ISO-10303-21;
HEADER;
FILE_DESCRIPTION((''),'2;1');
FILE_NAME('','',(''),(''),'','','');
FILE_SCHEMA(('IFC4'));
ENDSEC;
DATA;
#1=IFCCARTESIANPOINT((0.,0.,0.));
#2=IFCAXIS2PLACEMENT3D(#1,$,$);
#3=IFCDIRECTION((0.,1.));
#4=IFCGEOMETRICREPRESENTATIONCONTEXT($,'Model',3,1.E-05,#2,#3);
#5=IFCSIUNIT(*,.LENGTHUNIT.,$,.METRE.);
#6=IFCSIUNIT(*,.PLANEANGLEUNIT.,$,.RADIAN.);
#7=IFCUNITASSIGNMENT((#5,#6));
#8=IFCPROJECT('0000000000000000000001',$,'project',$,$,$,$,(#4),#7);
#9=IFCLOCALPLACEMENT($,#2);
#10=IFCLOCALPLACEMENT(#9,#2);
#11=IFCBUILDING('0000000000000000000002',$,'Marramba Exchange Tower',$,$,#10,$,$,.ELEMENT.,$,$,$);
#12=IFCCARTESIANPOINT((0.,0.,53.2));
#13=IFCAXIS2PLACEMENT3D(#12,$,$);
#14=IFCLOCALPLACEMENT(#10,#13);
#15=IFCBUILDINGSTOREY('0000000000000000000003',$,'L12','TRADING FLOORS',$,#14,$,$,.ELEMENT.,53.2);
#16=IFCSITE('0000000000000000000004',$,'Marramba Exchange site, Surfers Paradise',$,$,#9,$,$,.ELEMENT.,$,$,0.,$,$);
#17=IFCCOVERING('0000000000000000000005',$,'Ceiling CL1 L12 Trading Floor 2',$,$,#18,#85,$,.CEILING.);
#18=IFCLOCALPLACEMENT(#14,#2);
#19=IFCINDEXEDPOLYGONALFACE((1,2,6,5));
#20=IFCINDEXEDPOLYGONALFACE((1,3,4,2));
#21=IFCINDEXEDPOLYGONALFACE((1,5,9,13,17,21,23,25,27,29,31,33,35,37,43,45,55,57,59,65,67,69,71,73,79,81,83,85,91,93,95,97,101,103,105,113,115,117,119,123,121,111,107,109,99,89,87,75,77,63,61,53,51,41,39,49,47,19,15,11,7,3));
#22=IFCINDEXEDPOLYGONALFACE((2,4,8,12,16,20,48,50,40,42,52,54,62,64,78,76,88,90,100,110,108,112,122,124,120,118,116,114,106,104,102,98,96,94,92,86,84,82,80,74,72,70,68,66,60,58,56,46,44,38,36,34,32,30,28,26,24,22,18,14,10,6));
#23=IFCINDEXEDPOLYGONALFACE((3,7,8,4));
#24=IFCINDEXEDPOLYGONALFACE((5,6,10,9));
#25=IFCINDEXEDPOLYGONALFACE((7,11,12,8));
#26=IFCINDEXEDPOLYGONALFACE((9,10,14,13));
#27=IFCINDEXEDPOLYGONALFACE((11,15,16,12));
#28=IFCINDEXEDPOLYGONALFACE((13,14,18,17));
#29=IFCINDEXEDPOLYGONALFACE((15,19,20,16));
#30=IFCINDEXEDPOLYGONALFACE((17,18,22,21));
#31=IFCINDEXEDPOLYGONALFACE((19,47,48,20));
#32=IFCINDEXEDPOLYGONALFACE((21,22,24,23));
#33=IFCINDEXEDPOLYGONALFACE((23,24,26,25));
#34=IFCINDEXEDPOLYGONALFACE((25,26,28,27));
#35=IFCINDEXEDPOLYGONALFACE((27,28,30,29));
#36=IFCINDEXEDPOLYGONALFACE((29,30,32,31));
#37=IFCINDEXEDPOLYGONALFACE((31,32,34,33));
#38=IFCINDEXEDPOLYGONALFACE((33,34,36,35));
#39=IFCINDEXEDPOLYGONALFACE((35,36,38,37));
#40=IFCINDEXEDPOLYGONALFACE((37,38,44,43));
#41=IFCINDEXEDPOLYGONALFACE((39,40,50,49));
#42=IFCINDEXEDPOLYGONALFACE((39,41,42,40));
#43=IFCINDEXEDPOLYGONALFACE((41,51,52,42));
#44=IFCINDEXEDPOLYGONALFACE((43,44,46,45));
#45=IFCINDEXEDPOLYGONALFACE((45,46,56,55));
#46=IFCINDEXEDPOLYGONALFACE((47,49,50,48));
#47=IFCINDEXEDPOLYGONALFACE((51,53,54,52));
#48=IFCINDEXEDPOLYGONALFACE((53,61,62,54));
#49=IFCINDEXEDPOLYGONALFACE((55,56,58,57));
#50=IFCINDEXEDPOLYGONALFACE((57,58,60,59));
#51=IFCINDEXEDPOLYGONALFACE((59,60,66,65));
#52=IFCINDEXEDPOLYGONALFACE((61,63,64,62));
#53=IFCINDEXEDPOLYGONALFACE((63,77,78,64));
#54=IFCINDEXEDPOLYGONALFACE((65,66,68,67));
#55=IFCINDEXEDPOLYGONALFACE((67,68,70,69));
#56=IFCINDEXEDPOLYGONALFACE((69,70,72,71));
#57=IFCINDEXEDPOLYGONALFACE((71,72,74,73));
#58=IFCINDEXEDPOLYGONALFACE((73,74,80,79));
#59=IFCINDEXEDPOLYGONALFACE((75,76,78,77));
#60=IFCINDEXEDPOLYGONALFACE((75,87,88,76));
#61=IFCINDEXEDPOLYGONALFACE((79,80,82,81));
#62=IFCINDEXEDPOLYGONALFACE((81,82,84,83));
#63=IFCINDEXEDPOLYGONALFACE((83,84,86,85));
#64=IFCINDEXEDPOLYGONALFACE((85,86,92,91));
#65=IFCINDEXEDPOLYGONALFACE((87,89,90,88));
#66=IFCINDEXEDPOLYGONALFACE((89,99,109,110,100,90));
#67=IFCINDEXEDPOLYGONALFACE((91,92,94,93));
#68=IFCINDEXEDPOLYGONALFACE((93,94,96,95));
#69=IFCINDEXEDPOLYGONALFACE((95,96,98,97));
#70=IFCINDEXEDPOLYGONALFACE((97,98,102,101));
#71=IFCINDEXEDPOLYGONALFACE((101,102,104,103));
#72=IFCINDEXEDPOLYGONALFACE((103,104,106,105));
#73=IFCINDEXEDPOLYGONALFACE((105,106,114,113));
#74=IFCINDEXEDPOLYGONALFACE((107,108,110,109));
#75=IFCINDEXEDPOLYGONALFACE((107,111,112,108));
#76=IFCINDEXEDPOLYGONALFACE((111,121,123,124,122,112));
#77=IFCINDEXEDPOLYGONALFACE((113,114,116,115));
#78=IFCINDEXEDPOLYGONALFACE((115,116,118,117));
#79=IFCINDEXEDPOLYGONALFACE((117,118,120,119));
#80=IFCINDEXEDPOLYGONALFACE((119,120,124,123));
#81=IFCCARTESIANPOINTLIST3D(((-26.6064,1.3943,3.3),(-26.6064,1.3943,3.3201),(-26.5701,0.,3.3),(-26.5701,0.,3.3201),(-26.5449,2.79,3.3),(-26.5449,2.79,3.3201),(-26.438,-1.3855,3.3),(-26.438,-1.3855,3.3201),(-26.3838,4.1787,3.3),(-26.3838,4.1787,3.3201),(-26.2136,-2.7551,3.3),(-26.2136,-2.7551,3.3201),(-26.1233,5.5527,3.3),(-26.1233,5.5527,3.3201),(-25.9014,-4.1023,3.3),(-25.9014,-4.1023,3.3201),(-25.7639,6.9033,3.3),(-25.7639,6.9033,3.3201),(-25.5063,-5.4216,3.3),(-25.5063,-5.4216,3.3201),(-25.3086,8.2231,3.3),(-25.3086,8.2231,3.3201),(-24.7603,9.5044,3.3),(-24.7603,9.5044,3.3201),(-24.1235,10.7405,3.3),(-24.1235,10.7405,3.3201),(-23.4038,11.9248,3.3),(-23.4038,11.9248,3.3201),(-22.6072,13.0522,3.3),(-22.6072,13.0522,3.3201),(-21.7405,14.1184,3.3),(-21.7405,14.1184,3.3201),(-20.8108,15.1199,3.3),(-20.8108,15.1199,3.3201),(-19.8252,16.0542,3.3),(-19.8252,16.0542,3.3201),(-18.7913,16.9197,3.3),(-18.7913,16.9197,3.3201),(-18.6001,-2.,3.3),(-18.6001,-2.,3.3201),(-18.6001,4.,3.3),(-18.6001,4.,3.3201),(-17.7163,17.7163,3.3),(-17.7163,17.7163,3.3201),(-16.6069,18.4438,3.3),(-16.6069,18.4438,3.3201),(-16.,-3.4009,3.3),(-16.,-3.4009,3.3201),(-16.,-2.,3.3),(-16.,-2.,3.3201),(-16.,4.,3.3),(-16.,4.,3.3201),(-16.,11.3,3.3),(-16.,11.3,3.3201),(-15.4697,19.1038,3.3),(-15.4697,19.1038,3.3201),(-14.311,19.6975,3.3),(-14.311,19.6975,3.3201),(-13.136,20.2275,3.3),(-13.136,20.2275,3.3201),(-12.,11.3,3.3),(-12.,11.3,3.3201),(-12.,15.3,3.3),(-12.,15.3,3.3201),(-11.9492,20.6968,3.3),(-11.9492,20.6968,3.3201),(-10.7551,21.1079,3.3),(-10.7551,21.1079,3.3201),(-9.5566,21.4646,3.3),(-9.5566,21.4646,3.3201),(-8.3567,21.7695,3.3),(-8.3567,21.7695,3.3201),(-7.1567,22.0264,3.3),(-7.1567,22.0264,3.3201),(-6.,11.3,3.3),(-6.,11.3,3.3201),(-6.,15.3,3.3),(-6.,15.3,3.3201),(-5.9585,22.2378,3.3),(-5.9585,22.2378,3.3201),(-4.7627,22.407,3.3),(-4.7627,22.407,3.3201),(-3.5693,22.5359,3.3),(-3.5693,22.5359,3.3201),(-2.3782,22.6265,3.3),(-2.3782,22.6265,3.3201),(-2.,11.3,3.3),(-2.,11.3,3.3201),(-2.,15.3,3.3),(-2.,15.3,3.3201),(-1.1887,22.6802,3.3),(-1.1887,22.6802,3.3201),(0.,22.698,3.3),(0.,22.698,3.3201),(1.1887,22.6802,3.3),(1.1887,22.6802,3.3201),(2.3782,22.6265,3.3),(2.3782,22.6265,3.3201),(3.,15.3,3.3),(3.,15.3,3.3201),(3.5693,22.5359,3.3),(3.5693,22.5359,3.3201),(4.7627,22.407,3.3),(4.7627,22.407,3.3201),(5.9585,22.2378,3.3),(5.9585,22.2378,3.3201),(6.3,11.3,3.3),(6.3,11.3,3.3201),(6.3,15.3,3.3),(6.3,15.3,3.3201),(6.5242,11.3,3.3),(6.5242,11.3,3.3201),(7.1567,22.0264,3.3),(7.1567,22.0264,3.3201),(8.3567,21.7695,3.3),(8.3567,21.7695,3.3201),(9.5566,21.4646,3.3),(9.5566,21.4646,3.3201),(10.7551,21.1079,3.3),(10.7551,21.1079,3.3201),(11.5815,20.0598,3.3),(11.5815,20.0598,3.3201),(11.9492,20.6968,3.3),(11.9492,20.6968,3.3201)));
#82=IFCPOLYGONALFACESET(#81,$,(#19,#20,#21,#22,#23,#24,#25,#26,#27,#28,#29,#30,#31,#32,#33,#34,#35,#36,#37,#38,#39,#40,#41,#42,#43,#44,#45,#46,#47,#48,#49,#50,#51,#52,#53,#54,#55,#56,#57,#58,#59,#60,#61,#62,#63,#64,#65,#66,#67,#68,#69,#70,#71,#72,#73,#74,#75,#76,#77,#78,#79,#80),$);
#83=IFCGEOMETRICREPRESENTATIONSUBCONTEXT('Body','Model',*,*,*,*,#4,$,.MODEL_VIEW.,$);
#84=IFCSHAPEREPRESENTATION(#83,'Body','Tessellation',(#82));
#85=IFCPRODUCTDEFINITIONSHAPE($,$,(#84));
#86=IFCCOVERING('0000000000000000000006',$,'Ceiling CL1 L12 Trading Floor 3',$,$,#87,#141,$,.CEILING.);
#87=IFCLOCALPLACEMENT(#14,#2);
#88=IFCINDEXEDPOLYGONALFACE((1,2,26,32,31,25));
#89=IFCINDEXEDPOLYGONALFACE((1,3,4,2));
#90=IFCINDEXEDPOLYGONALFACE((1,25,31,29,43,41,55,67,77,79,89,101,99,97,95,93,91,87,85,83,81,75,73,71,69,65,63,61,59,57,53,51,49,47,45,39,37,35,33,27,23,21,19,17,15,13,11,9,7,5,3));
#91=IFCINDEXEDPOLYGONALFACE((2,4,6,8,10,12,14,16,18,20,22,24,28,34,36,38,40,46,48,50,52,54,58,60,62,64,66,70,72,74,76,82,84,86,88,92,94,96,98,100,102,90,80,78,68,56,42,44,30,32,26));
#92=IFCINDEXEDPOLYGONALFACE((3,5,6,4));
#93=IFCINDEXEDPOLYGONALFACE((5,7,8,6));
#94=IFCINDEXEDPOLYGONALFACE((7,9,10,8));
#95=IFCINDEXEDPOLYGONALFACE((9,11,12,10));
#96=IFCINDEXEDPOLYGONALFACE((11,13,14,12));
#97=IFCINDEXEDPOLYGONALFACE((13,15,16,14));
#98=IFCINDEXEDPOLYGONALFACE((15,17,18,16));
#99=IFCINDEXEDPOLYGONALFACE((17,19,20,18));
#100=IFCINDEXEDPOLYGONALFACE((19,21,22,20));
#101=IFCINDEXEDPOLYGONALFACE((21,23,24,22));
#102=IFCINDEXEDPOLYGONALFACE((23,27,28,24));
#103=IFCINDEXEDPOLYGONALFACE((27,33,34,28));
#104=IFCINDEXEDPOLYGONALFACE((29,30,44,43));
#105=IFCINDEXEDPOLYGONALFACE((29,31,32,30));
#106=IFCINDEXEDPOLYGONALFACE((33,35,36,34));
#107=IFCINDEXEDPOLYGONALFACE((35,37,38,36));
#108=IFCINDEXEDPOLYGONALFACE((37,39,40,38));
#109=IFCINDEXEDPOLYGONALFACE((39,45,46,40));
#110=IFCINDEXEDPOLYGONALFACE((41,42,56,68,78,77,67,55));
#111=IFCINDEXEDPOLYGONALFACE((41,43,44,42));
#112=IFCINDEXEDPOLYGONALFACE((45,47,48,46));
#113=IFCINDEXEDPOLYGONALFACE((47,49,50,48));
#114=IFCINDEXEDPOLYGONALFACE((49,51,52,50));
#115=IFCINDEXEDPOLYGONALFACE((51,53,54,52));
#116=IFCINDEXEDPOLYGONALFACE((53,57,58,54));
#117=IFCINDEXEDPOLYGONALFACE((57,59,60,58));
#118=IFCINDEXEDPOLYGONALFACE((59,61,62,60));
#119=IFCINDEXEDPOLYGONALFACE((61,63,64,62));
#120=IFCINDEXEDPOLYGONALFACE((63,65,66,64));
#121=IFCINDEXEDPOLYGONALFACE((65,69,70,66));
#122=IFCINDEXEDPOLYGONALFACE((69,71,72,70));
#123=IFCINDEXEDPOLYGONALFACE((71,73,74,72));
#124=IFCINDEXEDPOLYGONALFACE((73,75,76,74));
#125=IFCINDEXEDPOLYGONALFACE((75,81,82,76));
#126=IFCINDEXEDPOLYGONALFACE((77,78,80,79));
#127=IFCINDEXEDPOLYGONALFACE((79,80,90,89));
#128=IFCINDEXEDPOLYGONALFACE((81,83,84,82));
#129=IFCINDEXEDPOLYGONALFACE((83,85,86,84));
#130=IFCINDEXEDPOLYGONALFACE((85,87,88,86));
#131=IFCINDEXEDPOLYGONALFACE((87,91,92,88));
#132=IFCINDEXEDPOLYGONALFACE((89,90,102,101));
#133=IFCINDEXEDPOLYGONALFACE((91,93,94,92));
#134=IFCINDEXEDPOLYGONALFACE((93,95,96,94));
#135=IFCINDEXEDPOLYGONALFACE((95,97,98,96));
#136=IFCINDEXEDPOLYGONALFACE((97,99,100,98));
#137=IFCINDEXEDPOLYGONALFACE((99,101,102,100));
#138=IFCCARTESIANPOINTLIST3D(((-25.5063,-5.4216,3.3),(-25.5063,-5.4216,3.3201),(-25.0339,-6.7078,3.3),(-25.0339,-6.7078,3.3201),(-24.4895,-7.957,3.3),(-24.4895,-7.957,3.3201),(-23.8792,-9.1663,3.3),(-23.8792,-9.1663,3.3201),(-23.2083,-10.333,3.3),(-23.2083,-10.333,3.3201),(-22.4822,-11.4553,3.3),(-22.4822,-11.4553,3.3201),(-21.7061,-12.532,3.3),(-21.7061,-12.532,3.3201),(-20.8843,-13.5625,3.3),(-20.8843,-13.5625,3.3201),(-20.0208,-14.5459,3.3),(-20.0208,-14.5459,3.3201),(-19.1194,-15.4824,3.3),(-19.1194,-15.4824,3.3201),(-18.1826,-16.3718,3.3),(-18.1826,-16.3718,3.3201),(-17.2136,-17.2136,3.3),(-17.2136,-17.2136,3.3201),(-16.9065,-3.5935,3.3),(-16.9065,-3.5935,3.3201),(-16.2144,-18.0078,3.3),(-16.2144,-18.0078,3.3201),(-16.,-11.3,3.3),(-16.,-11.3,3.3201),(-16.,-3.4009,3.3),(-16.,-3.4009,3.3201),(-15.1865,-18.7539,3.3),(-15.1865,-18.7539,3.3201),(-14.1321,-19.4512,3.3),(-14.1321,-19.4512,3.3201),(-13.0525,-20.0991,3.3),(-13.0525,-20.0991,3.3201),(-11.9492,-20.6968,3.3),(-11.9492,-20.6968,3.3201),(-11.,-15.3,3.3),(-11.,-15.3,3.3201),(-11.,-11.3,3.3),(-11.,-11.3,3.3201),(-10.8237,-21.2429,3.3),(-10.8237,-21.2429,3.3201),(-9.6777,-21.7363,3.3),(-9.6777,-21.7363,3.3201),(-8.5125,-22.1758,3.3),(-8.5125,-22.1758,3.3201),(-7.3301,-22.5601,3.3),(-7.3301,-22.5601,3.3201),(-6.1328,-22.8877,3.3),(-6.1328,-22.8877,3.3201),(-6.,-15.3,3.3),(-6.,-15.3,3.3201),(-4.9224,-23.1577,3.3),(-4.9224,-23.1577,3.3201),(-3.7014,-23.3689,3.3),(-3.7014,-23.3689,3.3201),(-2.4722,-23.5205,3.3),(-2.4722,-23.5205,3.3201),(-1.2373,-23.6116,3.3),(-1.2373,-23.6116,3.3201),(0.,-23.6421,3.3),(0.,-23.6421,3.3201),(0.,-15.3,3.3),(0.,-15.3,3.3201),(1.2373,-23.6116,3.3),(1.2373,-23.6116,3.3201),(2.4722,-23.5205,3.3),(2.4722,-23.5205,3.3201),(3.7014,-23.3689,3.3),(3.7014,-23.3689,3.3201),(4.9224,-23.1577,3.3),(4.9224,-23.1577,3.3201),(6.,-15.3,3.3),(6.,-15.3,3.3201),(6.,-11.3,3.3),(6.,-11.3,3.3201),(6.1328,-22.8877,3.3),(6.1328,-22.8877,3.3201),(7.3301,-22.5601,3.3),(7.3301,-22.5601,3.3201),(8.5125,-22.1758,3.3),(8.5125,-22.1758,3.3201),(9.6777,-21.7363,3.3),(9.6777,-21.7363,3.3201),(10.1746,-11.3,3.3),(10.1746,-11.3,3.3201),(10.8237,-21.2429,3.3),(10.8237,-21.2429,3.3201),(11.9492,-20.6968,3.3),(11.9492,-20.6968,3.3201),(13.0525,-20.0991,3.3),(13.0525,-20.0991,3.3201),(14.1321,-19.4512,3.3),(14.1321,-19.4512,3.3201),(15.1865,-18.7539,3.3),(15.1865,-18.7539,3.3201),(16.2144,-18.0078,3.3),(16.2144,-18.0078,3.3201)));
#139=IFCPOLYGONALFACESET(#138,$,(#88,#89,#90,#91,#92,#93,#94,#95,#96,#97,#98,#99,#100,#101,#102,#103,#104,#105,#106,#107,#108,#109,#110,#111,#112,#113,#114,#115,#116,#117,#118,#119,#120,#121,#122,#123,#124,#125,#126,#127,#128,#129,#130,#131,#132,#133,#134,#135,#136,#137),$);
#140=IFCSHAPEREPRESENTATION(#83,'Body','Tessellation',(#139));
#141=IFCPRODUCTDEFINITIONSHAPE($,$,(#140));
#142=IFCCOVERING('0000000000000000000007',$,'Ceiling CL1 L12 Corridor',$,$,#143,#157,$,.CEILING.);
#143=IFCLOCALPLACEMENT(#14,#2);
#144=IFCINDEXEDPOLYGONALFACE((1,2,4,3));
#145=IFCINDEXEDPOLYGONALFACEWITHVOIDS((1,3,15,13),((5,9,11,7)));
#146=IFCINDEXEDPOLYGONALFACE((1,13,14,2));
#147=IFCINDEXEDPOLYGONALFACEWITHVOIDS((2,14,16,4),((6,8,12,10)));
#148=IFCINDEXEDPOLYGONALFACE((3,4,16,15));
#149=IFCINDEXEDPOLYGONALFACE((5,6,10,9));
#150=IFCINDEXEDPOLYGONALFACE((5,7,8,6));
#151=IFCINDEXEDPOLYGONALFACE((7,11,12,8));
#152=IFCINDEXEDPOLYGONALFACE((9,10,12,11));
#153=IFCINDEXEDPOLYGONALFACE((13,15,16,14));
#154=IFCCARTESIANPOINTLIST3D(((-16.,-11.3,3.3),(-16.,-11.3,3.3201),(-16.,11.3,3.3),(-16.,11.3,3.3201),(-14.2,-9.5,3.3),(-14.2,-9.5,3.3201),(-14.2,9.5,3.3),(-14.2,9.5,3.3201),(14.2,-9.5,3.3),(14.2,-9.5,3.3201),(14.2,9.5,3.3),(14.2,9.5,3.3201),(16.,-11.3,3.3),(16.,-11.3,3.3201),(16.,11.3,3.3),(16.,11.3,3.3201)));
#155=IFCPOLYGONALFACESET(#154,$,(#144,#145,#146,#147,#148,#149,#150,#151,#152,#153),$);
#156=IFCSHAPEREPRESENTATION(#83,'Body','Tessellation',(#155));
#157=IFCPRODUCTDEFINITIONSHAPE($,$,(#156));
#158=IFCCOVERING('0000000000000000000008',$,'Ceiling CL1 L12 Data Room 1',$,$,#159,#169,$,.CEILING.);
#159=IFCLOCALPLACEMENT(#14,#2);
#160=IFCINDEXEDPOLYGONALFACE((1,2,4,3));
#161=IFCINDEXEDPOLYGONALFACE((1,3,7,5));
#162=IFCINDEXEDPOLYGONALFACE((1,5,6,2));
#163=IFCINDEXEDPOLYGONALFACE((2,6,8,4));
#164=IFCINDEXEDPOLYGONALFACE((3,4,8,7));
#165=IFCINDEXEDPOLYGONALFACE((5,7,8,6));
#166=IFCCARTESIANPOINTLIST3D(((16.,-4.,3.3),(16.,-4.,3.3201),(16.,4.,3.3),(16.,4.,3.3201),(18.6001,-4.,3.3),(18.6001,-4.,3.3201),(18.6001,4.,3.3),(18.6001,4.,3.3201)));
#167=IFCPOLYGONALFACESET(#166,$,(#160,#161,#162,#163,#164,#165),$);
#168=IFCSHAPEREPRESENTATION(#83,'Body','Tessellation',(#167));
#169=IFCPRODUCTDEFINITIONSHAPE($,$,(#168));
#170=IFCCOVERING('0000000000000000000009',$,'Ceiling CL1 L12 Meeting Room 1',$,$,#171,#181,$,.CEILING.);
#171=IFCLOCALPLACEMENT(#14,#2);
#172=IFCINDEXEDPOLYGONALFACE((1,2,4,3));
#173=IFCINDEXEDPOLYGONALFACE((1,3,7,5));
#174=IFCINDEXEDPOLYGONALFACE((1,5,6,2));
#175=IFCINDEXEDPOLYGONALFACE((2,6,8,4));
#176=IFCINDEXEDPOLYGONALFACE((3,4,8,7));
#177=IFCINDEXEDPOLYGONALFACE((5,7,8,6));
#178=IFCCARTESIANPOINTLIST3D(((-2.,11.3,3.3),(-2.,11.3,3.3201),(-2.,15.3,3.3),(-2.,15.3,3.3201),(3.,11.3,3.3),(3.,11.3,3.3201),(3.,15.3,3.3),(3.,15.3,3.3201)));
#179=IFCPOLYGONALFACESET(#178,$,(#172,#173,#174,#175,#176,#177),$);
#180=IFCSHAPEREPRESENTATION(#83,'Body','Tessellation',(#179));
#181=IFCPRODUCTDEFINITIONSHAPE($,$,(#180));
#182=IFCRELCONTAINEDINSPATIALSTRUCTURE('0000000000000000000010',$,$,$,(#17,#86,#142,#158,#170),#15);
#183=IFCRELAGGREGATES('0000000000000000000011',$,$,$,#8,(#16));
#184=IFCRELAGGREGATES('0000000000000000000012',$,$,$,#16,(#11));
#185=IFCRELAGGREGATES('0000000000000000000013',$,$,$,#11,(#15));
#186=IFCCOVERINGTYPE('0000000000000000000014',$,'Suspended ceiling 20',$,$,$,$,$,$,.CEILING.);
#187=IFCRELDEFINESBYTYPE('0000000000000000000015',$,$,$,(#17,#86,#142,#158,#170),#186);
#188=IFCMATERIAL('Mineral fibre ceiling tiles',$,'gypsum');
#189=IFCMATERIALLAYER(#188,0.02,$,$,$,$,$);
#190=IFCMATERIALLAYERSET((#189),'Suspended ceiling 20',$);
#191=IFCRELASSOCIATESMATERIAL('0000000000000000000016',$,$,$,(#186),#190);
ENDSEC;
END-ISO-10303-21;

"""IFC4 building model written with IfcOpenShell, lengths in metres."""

from ifc_helpers import new_model, si_unit, direction, frame, origin, place, context, subcontext, project, spatial, polyline, outline, extrude, material, layer, layer_set, type_object, element, save


model = new_model("IFC4")

# Units and contexts
model_context = context("Model", 3, precision=1e-05, world=origin(), true_north=direction((0.0, 1.0)))
body_context = subcontext(model_context, "Body", "Model", "MODEL_VIEW")
ifc_project = project(units=[si_unit("LENGTHUNIT", "METRE"), si_unit("PLANEANGLEUNIT", "RADIAN")], contexts=[model_context])

# Site, building, storey
site_placement = place(None, origin())
site = spatial("IfcSite", under=ifc_project, at=site_placement, Name="Marramba Exchange site, Surfers Paradise", CompositionType="ELEMENT", RefElevation=0.0)
building_placement = place(site_placement, origin())
building = spatial("IfcBuilding", under=site, at=building_placement, Name="Marramba Exchange Tower", CompositionType="ELEMENT")
storey_placement = place(building_placement, frame((0.0, 0.0, 53.2)))
storey = spatial("IfcBuildingStorey", under=building, at=storey_placement, Name="L12", Description="TRADING FLOORS", CompositionType="ELEMENT", Elevation=53.2)

# Coverings
ifc_material_1 = material(Name="Mineral fibre ceiling tiles", Category="gypsum")
ifc_layer_1 = layer(ifc_material_1, 0.02)
ifc_layer_set_1 = layer_set([ifc_layer_1], Name="Suspended ceiling 20")
covering_type_1 = type_object("IfcCoveringType", Name="Suspended ceiling 20", PredefinedType="CEILING", material=ifc_layer_set_1)
covering_1_placement = place(storey_placement, frame((0.0, 0.0, 3.3)))
element("IfcCovering", 1, at=covering_1_placement, inside=storey, type_object=covering_type_1, Name="Ceiling CL1 L12 Trading Floor 2", PredefinedType="CEILING", context=body_context, shape_type="SweptSolid", body=[
    extrude(outline(polyline([(-16.0, 4.0), (-18.6001, 4.0), (-18.6001, -2.0), (-16.0, -2.0), (-16.0, -3.4009), (-25.5063, -5.4216), (-25.9014, -4.1023), (-26.2136, -2.7551), (-26.438, -1.3855), (-26.5701, 0.0), (-26.6064, 1.3943), (-26.5449, 2.79), (-26.3838, 4.1787), (-26.1233, 5.5527), (-25.7639, 6.9033), (-25.3086, 8.2231), (-24.7603, 9.5044), (-24.1235, 10.7405), (-23.4038, 11.9248), (-22.6072, 13.0522), (-21.7405, 14.1184), (-20.8108, 15.1199), (-19.8252, 16.0542), (-18.7913, 16.9197), (-17.7163, 17.7163), (-16.6069, 18.4438), (-15.4697, 19.1038), (-14.311, 19.6975), (-13.136, 20.2275), (-11.9492, 20.6968), (-10.7551, 21.1079), (-9.5566, 21.4646), (-8.3567, 21.7695), (-7.1567, 22.0264), (-5.9585, 22.2378), (-4.7627, 22.407), (-3.5693, 22.5359), (-2.3782, 22.6265), (-1.1887, 22.6802), (0.0, 22.698), (1.1887, 22.6802), (2.3782, 22.6265), (3.5693, 22.5359), (4.7627, 22.407), (5.9585, 22.2378), (7.1567, 22.0264), (8.3567, 21.7695), (9.5566, 21.4646), (10.7551, 21.1079), (11.9492, 20.6968), (11.5815, 20.0598), (6.5242, 11.3), (6.3, 11.3), (6.3, 15.3), (3.0, 15.3), (-2.0, 15.3), (-2.0, 11.3), (-6.0, 11.3), (-6.0, 15.3), (-12.0, 15.3), (-12.0, 11.3), (-16.0, 11.3), (-16.0, 4.0)])), origin(), (0.0, 0.0, 1.0), 0.02),
])
covering_2_placement = place(storey_placement, frame((0.0, 0.0, 3.3)))
element("IfcCovering", 2, at=covering_2_placement, inside=storey, type_object=covering_type_1, Name="Ceiling CL1 L12 Trading Floor 3", PredefinedType="CEILING", context=body_context, shape_type="SweptSolid", body=[
    extrude(outline(polyline([(-11.0, -11.3), (-11.0, -15.3), (-6.0, -15.3), (0.0, -15.3), (6.0, -15.3), (6.0, -11.3), (10.1746, -11.3), (16.2144, -18.0078), (15.1865, -18.7539), (14.1321, -19.4512), (13.0525, -20.0991), (11.9492, -20.6968), (10.8237, -21.2429), (9.6777, -21.7363), (8.5125, -22.1758), (7.3301, -22.5601), (6.1328, -22.8877), (4.9224, -23.1577), (3.7014, -23.3689), (2.4722, -23.5205), (1.2373, -23.6116), (0.0, -23.6421), (-1.2373, -23.6116), (-2.4722, -23.5205), (-3.7014, -23.3689), (-4.9224, -23.1577), (-6.1328, -22.8877), (-7.3301, -22.5601), (-8.5125, -22.1758), (-9.6777, -21.7363), (-10.8237, -21.2429), (-11.9492, -20.6968), (-13.0525, -20.0991), (-14.1321, -19.4512), (-15.1865, -18.7539), (-16.2144, -18.0078), (-17.2136, -17.2136), (-18.1826, -16.3718), (-19.1194, -15.4824), (-20.0208, -14.5459), (-20.8843, -13.5625), (-21.7061, -12.532), (-22.4822, -11.4553), (-23.2083, -10.333), (-23.8792, -9.1663), (-24.4895, -7.957), (-25.0339, -6.7078), (-25.5063, -5.4216), (-16.9065, -3.5935), (-16.0, -3.4009), (-16.0, -11.3), (-11.0, -11.3)])), origin(), (0.0, 0.0, 1.0), 0.02),
])
covering_3_placement = place(storey_placement, frame((0.0, 0.0, 3.3)))
element("IfcCovering", 3, at=covering_3_placement, inside=storey, type_object=covering_type_1, Name="Ceiling CL1 L12 Corridor", PredefinedType="CEILING", context=body_context, shape_type="SweptSolid", body=[
    extrude(outline(polyline([(-16.0, 11.3), (16.0, 11.3), (16.0, -11.3), (-16.0, -11.3), (-16.0, 11.3)]), holes=[polyline([(-14.2, 9.5), (-14.2, -9.5), (14.2, -9.5), (14.2, 9.5), (-14.2, 9.5)])]), origin(), (0.0, 0.0, 1.0), 0.02),
])
covering_4_placement = place(storey_placement, frame((0.0, 0.0, 3.3)))
element("IfcCovering", 4, at=covering_4_placement, inside=storey, type_object=covering_type_1, Name="Ceiling CL1 L12 Data Room 1", PredefinedType="CEILING", context=body_context, shape_type="SweptSolid", body=[
    extrude(outline(polyline([(18.6001, -4.0), (16.0, -4.0), (16.0, 4.0), (18.6001, 4.0), (18.6001, -4.0)])), origin(), (0.0, 0.0, 1.0), 0.02),
])
covering_5_placement = place(storey_placement, frame((0.0, 0.0, 3.3)))
element("IfcCovering", 5, at=covering_5_placement, inside=storey, type_object=covering_type_1, Name="Ceiling CL1 L12 Meeting Room 1", PredefinedType="CEILING", context=body_context, shape_type="SweptSolid", body=[
    extrude(outline(polyline([(3.0, 11.3), (-2.0, 11.3), (-2.0, 15.3), (3.0, 15.3), (3.0, 11.3)])), origin(), (0.0, 0.0, 1.0), 0.02),
])

save(model, "model.ifc")
